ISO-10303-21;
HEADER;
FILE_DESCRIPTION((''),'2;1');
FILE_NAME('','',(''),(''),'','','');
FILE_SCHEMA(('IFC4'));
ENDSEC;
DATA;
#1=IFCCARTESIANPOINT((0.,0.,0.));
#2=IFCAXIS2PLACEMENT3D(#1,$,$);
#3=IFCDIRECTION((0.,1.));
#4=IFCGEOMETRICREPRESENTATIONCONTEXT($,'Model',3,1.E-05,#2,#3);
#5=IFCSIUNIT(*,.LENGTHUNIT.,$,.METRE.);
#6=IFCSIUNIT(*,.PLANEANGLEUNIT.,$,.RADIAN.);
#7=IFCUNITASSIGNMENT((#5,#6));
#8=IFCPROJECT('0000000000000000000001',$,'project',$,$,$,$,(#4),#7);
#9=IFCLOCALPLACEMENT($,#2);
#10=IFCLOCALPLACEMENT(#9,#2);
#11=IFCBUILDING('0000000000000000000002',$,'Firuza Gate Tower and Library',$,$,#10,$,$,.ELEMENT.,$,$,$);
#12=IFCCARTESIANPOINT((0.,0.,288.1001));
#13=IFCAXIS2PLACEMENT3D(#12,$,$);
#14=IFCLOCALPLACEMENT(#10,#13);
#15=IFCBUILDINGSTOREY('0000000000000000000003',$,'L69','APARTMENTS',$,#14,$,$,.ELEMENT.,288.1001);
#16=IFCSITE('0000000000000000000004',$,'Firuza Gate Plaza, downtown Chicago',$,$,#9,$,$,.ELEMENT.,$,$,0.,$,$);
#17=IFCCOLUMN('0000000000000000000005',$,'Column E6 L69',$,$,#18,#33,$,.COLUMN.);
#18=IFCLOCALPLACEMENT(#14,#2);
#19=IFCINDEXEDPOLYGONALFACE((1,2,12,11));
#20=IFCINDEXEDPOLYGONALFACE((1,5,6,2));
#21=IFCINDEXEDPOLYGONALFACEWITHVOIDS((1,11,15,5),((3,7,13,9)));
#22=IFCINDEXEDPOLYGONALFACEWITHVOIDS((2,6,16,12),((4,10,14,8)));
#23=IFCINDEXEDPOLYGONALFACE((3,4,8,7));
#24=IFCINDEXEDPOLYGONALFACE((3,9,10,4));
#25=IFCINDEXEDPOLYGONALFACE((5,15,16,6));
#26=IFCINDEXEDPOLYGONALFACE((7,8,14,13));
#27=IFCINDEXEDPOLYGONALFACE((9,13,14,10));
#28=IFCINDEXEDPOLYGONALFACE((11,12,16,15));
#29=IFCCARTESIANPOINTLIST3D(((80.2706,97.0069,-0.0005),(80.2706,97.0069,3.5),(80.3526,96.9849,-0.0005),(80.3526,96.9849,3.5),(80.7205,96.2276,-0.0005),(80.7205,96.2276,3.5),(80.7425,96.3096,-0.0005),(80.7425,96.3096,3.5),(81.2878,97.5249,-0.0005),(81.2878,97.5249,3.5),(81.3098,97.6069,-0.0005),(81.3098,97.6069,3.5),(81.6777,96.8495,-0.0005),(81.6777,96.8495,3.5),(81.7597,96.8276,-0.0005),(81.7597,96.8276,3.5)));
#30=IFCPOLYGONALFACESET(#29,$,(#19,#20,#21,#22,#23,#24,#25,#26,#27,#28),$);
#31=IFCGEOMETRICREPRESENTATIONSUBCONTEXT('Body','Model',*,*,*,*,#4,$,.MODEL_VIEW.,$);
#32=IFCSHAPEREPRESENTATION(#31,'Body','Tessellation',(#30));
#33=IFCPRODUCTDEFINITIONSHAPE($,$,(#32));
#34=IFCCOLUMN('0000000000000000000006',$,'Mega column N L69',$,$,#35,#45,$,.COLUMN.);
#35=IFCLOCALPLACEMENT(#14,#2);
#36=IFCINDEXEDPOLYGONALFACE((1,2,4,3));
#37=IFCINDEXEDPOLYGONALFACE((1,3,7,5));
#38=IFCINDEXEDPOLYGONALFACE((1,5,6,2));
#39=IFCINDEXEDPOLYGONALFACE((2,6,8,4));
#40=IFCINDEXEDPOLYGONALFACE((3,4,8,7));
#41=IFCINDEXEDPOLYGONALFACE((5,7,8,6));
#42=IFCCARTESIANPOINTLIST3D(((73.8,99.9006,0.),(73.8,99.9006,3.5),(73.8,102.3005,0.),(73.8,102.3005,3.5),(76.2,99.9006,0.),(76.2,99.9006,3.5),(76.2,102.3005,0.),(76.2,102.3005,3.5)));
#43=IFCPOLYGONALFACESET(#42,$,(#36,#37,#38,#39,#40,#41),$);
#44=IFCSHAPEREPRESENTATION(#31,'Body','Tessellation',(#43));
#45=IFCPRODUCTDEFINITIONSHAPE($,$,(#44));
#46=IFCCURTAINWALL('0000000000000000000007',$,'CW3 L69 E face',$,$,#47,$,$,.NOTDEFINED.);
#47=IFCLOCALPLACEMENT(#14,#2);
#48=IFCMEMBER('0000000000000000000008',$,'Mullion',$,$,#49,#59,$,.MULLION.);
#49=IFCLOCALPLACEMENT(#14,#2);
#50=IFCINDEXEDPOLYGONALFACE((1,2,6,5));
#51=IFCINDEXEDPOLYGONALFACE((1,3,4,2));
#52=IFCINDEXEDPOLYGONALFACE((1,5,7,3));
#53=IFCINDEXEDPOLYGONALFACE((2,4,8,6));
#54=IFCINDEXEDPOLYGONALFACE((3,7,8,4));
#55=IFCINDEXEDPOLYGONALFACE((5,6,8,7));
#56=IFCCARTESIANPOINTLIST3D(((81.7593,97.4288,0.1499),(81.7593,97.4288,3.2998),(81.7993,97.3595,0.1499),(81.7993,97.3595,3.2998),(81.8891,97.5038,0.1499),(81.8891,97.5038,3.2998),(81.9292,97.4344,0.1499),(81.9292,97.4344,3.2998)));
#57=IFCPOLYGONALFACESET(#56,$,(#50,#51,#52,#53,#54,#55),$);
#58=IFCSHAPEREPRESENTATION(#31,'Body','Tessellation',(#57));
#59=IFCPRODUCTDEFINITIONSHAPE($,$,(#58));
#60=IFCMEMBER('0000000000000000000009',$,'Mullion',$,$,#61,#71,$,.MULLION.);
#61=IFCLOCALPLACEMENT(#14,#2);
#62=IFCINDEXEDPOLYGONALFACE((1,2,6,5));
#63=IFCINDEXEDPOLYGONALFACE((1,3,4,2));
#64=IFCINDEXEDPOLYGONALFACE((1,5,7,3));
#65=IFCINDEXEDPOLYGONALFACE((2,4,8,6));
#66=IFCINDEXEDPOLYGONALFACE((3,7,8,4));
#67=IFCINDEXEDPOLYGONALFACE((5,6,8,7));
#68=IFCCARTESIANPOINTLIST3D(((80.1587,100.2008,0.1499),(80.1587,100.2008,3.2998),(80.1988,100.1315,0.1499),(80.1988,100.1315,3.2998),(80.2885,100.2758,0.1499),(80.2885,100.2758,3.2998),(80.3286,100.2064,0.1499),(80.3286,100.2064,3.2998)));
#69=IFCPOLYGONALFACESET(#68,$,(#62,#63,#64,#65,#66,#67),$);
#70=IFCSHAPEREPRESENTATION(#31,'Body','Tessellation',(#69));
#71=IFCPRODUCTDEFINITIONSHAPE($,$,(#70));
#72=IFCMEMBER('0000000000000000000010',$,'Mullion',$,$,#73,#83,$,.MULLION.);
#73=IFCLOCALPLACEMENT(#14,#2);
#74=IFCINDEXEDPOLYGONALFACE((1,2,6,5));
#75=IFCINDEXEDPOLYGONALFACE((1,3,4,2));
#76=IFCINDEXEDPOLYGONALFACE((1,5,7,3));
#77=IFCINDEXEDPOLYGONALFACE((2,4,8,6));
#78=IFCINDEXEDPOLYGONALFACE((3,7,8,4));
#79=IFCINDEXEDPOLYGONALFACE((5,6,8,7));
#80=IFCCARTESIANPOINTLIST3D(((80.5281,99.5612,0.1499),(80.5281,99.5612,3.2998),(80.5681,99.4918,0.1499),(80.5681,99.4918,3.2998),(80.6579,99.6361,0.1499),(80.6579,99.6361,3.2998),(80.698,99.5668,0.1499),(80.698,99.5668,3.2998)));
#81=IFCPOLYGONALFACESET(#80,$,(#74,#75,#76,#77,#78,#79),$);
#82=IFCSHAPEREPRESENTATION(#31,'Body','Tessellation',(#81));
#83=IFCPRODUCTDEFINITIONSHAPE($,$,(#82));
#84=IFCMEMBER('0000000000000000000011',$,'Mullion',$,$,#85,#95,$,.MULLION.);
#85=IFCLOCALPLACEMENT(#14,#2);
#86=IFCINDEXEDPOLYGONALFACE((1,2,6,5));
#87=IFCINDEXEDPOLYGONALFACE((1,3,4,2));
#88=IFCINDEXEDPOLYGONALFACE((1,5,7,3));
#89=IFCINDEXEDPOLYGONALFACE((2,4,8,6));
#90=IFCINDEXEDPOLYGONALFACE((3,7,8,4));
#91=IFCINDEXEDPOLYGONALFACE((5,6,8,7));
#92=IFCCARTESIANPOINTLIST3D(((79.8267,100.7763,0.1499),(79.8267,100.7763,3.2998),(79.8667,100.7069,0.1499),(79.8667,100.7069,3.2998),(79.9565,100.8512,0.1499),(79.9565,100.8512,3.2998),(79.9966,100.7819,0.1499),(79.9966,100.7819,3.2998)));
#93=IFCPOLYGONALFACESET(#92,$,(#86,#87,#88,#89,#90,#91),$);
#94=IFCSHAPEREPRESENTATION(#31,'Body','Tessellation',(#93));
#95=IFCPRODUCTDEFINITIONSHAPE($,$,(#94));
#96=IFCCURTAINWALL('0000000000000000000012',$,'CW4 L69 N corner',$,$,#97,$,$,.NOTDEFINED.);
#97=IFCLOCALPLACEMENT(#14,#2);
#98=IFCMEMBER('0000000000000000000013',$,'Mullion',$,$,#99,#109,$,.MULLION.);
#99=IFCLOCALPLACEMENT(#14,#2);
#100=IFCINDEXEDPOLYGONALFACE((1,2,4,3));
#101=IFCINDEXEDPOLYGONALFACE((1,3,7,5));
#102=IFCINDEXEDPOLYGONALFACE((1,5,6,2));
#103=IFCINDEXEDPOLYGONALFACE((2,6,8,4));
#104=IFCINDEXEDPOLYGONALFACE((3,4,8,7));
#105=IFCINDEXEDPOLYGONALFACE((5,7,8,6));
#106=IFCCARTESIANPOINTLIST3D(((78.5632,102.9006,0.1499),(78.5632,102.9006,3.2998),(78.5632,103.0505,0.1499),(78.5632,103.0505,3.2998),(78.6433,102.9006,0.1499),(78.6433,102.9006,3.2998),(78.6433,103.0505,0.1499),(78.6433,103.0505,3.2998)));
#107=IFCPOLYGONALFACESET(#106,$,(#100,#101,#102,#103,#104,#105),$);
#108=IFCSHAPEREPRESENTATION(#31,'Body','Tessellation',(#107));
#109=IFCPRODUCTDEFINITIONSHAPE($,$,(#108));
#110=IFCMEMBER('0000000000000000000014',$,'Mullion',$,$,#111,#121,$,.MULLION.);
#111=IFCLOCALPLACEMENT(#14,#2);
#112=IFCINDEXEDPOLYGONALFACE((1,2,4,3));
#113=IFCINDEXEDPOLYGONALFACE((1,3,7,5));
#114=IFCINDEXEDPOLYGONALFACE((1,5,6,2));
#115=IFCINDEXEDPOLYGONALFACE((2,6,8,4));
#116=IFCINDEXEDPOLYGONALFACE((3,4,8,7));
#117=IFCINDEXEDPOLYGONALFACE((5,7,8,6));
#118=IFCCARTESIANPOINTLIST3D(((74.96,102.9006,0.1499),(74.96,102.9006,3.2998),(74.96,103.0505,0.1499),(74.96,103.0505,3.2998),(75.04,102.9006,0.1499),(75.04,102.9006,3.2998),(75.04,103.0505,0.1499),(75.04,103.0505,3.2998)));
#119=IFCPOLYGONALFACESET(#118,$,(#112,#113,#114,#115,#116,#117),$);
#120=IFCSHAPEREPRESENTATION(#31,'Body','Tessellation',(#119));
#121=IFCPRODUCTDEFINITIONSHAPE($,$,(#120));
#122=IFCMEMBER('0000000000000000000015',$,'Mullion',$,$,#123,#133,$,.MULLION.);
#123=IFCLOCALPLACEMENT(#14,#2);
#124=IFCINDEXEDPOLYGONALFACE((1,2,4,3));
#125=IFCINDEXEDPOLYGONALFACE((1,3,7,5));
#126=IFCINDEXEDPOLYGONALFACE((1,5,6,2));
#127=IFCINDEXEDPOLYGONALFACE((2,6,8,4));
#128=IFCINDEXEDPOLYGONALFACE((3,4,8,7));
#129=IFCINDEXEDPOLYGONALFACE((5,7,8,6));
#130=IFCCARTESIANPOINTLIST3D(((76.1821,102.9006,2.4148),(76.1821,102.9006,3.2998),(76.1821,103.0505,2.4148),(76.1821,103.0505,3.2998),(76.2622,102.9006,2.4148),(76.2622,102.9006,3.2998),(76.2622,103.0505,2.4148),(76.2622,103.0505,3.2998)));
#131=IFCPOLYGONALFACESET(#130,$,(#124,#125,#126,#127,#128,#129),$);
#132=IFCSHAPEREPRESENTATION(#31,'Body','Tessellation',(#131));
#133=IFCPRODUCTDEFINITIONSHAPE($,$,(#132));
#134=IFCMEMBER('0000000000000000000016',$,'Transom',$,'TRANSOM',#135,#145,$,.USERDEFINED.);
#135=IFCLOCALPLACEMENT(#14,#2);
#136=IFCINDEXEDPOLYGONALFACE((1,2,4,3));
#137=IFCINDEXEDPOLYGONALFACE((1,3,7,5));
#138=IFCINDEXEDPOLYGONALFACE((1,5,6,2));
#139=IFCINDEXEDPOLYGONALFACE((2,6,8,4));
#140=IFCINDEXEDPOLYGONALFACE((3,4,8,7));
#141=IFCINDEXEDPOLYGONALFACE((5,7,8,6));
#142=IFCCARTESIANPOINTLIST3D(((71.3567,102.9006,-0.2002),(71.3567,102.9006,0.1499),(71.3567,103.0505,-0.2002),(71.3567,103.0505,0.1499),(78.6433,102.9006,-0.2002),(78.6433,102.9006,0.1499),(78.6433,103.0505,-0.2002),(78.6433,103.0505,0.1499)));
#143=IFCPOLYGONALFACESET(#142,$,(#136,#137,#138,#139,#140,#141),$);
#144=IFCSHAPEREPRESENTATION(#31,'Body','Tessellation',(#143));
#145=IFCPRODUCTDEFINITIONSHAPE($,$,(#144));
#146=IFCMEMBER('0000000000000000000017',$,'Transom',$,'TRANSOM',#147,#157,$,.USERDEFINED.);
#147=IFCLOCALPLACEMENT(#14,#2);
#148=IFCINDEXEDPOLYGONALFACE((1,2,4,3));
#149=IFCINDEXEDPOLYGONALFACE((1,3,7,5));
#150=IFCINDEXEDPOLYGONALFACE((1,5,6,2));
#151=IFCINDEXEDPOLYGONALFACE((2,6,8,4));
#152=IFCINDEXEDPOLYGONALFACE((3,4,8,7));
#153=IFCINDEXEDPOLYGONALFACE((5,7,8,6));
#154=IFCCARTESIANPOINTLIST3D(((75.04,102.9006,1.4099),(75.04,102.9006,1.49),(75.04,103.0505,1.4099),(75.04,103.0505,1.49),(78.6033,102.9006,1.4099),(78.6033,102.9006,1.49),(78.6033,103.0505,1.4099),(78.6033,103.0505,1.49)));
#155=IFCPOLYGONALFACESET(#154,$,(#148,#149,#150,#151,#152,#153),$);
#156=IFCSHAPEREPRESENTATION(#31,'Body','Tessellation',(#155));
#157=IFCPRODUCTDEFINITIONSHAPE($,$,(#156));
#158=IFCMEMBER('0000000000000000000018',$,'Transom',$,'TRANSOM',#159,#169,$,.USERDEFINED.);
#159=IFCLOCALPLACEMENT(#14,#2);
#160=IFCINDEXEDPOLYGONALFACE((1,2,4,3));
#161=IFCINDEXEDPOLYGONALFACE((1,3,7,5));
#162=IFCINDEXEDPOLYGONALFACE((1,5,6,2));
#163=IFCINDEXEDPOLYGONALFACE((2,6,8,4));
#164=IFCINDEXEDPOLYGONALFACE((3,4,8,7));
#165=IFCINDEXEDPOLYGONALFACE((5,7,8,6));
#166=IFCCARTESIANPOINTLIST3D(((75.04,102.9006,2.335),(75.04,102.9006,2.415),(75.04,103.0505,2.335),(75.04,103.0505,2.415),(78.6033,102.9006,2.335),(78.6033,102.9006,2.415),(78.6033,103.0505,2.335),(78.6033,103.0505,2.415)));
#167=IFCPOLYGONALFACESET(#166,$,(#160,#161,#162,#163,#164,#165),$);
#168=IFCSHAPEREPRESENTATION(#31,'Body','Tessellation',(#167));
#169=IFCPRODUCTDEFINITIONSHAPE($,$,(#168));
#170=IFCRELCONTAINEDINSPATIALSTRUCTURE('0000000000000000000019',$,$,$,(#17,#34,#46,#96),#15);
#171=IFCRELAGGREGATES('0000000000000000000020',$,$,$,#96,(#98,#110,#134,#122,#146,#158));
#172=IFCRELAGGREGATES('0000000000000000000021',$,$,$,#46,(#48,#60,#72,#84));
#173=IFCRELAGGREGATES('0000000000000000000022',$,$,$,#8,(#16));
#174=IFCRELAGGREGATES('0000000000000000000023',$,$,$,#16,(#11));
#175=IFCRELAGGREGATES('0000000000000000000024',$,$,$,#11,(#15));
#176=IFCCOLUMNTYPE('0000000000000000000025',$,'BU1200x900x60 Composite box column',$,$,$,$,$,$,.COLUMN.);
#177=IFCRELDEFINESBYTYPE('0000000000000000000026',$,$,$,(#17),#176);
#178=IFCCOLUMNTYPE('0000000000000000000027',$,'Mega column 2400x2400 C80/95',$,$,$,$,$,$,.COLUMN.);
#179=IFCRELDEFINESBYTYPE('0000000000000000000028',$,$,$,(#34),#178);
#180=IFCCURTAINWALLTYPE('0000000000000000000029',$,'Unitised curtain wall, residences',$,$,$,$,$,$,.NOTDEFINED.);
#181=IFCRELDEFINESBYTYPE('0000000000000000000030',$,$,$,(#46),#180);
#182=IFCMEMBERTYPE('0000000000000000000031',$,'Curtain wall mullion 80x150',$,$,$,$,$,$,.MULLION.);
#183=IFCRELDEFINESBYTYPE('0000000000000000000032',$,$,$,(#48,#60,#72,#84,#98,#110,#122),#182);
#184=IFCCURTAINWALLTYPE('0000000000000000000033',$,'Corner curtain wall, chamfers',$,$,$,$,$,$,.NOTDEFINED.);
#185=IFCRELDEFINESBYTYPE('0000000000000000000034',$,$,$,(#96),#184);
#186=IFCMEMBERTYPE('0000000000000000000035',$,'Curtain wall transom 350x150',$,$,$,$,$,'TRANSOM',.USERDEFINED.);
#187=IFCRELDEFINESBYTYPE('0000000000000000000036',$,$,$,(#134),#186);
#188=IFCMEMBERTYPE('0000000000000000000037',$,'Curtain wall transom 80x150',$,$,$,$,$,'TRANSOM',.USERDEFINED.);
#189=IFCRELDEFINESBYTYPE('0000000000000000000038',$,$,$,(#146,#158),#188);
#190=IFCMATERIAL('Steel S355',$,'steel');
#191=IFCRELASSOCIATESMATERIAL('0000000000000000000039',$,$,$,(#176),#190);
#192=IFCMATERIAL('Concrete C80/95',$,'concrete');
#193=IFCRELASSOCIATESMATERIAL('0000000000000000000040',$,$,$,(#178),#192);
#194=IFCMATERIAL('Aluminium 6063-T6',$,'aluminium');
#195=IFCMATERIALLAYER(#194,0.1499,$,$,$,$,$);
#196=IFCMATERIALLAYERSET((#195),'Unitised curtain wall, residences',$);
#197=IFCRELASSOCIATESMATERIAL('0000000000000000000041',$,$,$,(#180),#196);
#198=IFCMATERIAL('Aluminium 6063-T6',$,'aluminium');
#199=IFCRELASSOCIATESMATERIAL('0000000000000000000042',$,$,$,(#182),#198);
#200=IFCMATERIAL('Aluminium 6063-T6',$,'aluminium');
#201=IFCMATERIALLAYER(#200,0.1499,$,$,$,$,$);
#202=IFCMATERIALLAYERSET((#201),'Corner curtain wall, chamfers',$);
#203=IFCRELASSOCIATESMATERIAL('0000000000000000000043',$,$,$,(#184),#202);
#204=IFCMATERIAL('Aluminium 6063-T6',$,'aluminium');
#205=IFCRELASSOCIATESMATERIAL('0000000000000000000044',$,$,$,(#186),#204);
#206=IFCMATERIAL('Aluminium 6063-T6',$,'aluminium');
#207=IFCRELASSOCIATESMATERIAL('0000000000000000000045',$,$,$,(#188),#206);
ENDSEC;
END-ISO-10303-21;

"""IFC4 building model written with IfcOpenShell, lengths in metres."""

from ifc_helpers import new_model, si_unit, direction, frame, origin, origin_2d, place, context, subcontext, project, spatial, rectangle, hollow_rectangle, extrude, material, layer, layer_set, material_profile, profile_set, type_object, element, aggregate, save


model = new_model("IFC4")

# Units and contexts
model_context = context("Model", 3, precision=1e-05, world=origin(), true_north=direction((0.0, 1.0)))
body_context = subcontext(model_context, "Body", "Model", "MODEL_VIEW")
ifc_project = project(units=[si_unit("LENGTHUNIT", "METRE"), si_unit("PLANEANGLEUNIT", "RADIAN")], contexts=[model_context])

# Site, building, storey
site_placement = place(None, origin())
site = spatial("IfcSite", under=ifc_project, at=site_placement, Name="Firuza Gate Plaza, downtown Chicago", CompositionType="ELEMENT", RefElevation=0.0)
building_placement = place(site_placement, origin())
building = spatial("IfcBuilding", under=site, at=building_placement, Name="Firuza Gate Tower and Library", CompositionType="ELEMENT")
storey_placement = place(building_placement, frame((0.0, 0.0, 288.1001)))
storey = spatial("IfcBuildingStorey", under=building, at=storey_placement, Name="L69", Description="APARTMENTS", CompositionType="ELEMENT", Elevation=288.1001)

# Columns
ifc_material_1 = material(Name="Steel S355", Category="steel")
ifc_material_profile_1 = material_profile(ifc_material_1, hollow_rectangle(XDim=0.8999, YDim=1.2, WallThickness=0.0601, at=origin_2d()))
ifc_profile_set_1 = profile_set([ifc_material_profile_1], Name="Steel S355")
column_type_1 = type_object("IfcColumnType", Name="BU1200x900x60 Composite box column", PredefinedType="COLUMN", material=ifc_profile_set_1)
column_1_placement = place(storey_placement, frame((81.0151, 96.9172, -0.0005), z_axis=(0.0, 0.0, 1.0), x_axis=(-0.5, 0.866025, 0.0)))
element("IfcColumn", 1, at=column_1_placement, inside=storey, type_object=column_type_1, Name="Column E6 L69", PredefinedType="COLUMN", context=body_context, shape_type="SweptSolid", body=[
    extrude(hollow_rectangle(XDim=0.8999, YDim=1.2, WallThickness=0.0601, at=origin_2d()), origin(), (0.0, 0.0, 1.0), 3.5005),
])
ifc_material_2 = material(Name="Concrete C80/95", Category="concrete")
ifc_material_profile_2 = material_profile(ifc_material_2, rectangle(XDim=2.3999, YDim=2.3999, at=origin_2d()))
ifc_profile_set_2 = profile_set([ifc_material_profile_2], Name="Concrete C80/95")
column_type_2 = type_object("IfcColumnType", Name="Mega column 2400x2400 C80/95", PredefinedType="COLUMN", material=ifc_profile_set_2)
column_2_placement = place(storey_placement, frame((75.0, 101.1006, 0.0), z_axis=(0.0, 0.0, 1.0), x_axis=(-1.0, 0.0, 0.0)))
element("IfcColumn", 2, at=column_2_placement, inside=storey, type_object=column_type_2, Name="Mega column N L69", PredefinedType="COLUMN", context=body_context, shape_type="SweptSolid", body=[
    extrude(rectangle(XDim=2.3999, YDim=2.3999, at=origin_2d()), origin(), (0.0, 0.0, 1.0), 3.5),
])

# Curtain walls, members
ifc_material_3 = material(Name="Aluminium 6063-T6", Category="aluminium")
ifc_layer_1 = layer(ifc_material_3, 0.1499)
ifc_layer_set_1 = layer_set([ifc_layer_1], Name="Unitised curtain wall, residences")
curtain_wall_type_1 = type_object("IfcCurtainWallType", Name="Unitised curtain wall, residences", PredefinedType="NOTDEFINED", material=ifc_layer_set_1)
placement = place(storey_placement, origin())
curtain_wall_1 = element("IfcCurtainWall", 3, at=placement, inside=storey, type_object=curtain_wall_type_1, Name="CW3 L69 E face", PredefinedType="NOTDEFINED")
ifc_material_4 = material(Name="Aluminium 6063-T6", Category="aluminium")
ifc_material_profile_3 = material_profile(ifc_material_4, rectangle(XDim=0.1499, YDim=0.0801, at=origin_2d()))
ifc_profile_set_3 = profile_set([ifc_material_profile_3], Name="Aluminium 6063-T6")
member_type_1 = type_object("IfcMemberType", Name="Curtain wall mullion 80x150", PredefinedType="MULLION", material=ifc_profile_set_3)
member_1_placement = place(storey_placement, frame((81.8442, 97.4316, 0.1499), z_axis=(0.0, 0.0, 1.0), x_axis=(-0.866025, -0.5, 0.0)))
member_1 = element("IfcMember", 4, at=member_1_placement, type_object=member_type_1, Name="Mullion", PredefinedType="MULLION", context=body_context, shape_type="SweptSolid", body=[
    extrude(rectangle(XDim=0.1499, YDim=0.0801, at=origin_2d()), origin(), (0.0, 0.0, 1.0), 3.1499),
])
member_2_placement = place(storey_placement, frame((80.2437, 100.2036, 0.1499), z_axis=(0.0, 0.0, 1.0), x_axis=(-0.866025, -0.5, 0.0)))
member_2 = element("IfcMember", 5, at=member_2_placement, type_object=member_type_1, Name="Mullion", PredefinedType="MULLION", context=body_context, shape_type="SweptSolid", body=[
    extrude(rectangle(XDim=0.1499, YDim=0.0801, at=origin_2d()), origin(), (0.0, 0.0, 1.0), 3.1499),
])
member_3_placement = place(storey_placement, frame((80.613, 99.564, 0.1499), z_axis=(0.0, 0.0, 1.0), x_axis=(-0.866025, -0.5, 0.0)))
member_3 = element("IfcMember", 6, at=member_3_placement, type_object=member_type_1, Name="Mullion", PredefinedType="MULLION", context=body_context, shape_type="SweptSolid", body=[
    extrude(rectangle(XDim=0.1499, YDim=0.0801, at=origin_2d()), origin(), (0.0, 0.0, 1.0), 3.1499),
])
member_4_placement = place(storey_placement, frame((79.9116, 100.7791, 0.1499), z_axis=(0.0, 0.0, 1.0), x_axis=(-0.866025, -0.5, 0.0)))
member_4 = element("IfcMember", 7, at=member_4_placement, type_object=member_type_1, Name="Mullion", PredefinedType="MULLION", context=body_context, shape_type="SweptSolid", body=[
    extrude(rectangle(XDim=0.1499, YDim=0.0801, at=origin_2d()), origin(), (0.0, 0.0, 1.0), 3.1499),
])
ifc_material_5 = material(Name="Aluminium 6063-T6", Category="aluminium")
ifc_layer_2 = layer(ifc_material_5, 0.1499)
ifc_layer_set_2 = layer_set([ifc_layer_2], Name="Corner curtain wall, chamfers")
curtain_wall_type_2 = type_object("IfcCurtainWallType", Name="Corner curtain wall, chamfers", PredefinedType="NOTDEFINED", material=ifc_layer_set_2)
curtain_wall_2 = element("IfcCurtainWall", 8, at=placement, inside=storey, type_object=curtain_wall_type_2, Name="CW4 L69 N corner", PredefinedType="NOTDEFINED")
member_5_placement = place(storey_placement, frame((78.6033, 102.9756, 0.1499), z_axis=(0.0, 0.0, 1.0), x_axis=(0.0, -1.0, 0.0)))
member_5 = element("IfcMember", 9, at=member_5_placement, type_object=member_type_1, Name="Mullion", PredefinedType="MULLION", context=body_context, shape_type="SweptSolid", body=[
    extrude(rectangle(XDim=0.1499, YDim=0.0801, at=origin_2d()), origin(), (0.0, 0.0, 1.0), 3.1499),
])
member_6_placement = place(storey_placement, frame((75.0, 102.9756, 0.1499), z_axis=(0.0, 0.0, 1.0), x_axis=(0.0, -1.0, 0.0)))
member_6 = element("IfcMember", 10, at=member_6_placement, type_object=member_type_1, Name="Mullion", PredefinedType="MULLION", context=body_context, shape_type="SweptSolid", body=[
    extrude(rectangle(XDim=0.1499, YDim=0.0801, at=origin_2d()), origin(), (0.0, 0.0, 1.0), 3.1499),
])
member_7_placement = place(storey_placement, frame((76.2222, 102.9756, 2.4148), z_axis=(0.0, 0.0, 1.0), x_axis=(0.0, -1.0, 0.0)))
member_7 = element("IfcMember", 11, at=member_7_placement, type_object=member_type_1, Name="Mullion", PredefinedType="MULLION", context=body_context, shape_type="SweptSolid", body=[
    extrude(rectangle(XDim=0.1499, YDim=0.0801, at=origin_2d()), origin(), (0.0, 0.0, 1.0), 0.885),
])
ifc_material_6 = material(Name="Aluminium 6063-T6", Category="aluminium")
ifc_material_profile_4 = material_profile(ifc_material_6, rectangle(XDim=0.1499, YDim=0.3501, at=origin_2d()))
ifc_profile_set_4 = profile_set([ifc_material_profile_4], Name="Aluminium 6063-T6")
member_type_2 = type_object("IfcMemberType", Name="Curtain wall transom 350x150", ElementType="TRANSOM", PredefinedType="USERDEFINED", material=ifc_profile_set_4)
member_8_placement = place(storey_placement, frame((78.6433, 102.9756, -0.0251), z_axis=(-1.0, 0.0, 0.0), x_axis=(0.0, -1.0, 0.0)))
member_8 = element("IfcMember", 12, at=member_8_placement, type_object=member_type_2, Name="Transom", ObjectType="TRANSOM", PredefinedType="USERDEFINED", context=body_context, shape_type="SweptSolid", body=[
    extrude(rectangle(XDim=0.1499, YDim=0.3501, at=origin_2d()), origin(), (0.0, 0.0, 1.0), 7.2866),
])
ifc_material_7 = material(Name="Aluminium 6063-T6", Category="aluminium")
ifc_material_profile_5 = material_profile(ifc_material_7, rectangle(XDim=0.1499, YDim=0.0801, at=origin_2d()))
ifc_profile_set_5 = profile_set([ifc_material_profile_5], Name="Aluminium 6063-T6")
member_type_3 = type_object("IfcMemberType", Name="Curtain wall transom 80x150", ElementType="TRANSOM", PredefinedType="USERDEFINED", material=ifc_profile_set_5)
member_9_placement = place(storey_placement, frame((78.6033, 102.9756, 1.45), z_axis=(-1.0, 0.0, 0.0), x_axis=(0.0, -1.0, 0.0)))
member_9 = element("IfcMember", 13, at=member_9_placement, type_object=member_type_3, Name="Transom", ObjectType="TRANSOM", PredefinedType="USERDEFINED", context=body_context, shape_type="SweptSolid", body=[
    extrude(rectangle(XDim=0.1499, YDim=0.0801, at=origin_2d()), origin(), (0.0, 0.0, 1.0), 3.5632),
])
member_10_placement = place(storey_placement, frame((78.6033, 102.9756, 2.375), z_axis=(-1.0, 0.0, 0.0), x_axis=(0.0, -1.0, 0.0)))
member_10 = element("IfcMember", 14, at=member_10_placement, type_object=member_type_3, Name="Transom", ObjectType="TRANSOM", PredefinedType="USERDEFINED", context=body_context, shape_type="SweptSolid", body=[
    extrude(rectangle(XDim=0.1499, YDim=0.0801, at=origin_2d()), origin(), (0.0, 0.0, 1.0), 3.5632),
])

aggregate(curtain_wall_2, [member_5, member_6, member_8, member_7, member_9, member_10])
aggregate(curtain_wall_1, [member_1, member_2, member_3, member_4])

save(model, "model.ifc")
